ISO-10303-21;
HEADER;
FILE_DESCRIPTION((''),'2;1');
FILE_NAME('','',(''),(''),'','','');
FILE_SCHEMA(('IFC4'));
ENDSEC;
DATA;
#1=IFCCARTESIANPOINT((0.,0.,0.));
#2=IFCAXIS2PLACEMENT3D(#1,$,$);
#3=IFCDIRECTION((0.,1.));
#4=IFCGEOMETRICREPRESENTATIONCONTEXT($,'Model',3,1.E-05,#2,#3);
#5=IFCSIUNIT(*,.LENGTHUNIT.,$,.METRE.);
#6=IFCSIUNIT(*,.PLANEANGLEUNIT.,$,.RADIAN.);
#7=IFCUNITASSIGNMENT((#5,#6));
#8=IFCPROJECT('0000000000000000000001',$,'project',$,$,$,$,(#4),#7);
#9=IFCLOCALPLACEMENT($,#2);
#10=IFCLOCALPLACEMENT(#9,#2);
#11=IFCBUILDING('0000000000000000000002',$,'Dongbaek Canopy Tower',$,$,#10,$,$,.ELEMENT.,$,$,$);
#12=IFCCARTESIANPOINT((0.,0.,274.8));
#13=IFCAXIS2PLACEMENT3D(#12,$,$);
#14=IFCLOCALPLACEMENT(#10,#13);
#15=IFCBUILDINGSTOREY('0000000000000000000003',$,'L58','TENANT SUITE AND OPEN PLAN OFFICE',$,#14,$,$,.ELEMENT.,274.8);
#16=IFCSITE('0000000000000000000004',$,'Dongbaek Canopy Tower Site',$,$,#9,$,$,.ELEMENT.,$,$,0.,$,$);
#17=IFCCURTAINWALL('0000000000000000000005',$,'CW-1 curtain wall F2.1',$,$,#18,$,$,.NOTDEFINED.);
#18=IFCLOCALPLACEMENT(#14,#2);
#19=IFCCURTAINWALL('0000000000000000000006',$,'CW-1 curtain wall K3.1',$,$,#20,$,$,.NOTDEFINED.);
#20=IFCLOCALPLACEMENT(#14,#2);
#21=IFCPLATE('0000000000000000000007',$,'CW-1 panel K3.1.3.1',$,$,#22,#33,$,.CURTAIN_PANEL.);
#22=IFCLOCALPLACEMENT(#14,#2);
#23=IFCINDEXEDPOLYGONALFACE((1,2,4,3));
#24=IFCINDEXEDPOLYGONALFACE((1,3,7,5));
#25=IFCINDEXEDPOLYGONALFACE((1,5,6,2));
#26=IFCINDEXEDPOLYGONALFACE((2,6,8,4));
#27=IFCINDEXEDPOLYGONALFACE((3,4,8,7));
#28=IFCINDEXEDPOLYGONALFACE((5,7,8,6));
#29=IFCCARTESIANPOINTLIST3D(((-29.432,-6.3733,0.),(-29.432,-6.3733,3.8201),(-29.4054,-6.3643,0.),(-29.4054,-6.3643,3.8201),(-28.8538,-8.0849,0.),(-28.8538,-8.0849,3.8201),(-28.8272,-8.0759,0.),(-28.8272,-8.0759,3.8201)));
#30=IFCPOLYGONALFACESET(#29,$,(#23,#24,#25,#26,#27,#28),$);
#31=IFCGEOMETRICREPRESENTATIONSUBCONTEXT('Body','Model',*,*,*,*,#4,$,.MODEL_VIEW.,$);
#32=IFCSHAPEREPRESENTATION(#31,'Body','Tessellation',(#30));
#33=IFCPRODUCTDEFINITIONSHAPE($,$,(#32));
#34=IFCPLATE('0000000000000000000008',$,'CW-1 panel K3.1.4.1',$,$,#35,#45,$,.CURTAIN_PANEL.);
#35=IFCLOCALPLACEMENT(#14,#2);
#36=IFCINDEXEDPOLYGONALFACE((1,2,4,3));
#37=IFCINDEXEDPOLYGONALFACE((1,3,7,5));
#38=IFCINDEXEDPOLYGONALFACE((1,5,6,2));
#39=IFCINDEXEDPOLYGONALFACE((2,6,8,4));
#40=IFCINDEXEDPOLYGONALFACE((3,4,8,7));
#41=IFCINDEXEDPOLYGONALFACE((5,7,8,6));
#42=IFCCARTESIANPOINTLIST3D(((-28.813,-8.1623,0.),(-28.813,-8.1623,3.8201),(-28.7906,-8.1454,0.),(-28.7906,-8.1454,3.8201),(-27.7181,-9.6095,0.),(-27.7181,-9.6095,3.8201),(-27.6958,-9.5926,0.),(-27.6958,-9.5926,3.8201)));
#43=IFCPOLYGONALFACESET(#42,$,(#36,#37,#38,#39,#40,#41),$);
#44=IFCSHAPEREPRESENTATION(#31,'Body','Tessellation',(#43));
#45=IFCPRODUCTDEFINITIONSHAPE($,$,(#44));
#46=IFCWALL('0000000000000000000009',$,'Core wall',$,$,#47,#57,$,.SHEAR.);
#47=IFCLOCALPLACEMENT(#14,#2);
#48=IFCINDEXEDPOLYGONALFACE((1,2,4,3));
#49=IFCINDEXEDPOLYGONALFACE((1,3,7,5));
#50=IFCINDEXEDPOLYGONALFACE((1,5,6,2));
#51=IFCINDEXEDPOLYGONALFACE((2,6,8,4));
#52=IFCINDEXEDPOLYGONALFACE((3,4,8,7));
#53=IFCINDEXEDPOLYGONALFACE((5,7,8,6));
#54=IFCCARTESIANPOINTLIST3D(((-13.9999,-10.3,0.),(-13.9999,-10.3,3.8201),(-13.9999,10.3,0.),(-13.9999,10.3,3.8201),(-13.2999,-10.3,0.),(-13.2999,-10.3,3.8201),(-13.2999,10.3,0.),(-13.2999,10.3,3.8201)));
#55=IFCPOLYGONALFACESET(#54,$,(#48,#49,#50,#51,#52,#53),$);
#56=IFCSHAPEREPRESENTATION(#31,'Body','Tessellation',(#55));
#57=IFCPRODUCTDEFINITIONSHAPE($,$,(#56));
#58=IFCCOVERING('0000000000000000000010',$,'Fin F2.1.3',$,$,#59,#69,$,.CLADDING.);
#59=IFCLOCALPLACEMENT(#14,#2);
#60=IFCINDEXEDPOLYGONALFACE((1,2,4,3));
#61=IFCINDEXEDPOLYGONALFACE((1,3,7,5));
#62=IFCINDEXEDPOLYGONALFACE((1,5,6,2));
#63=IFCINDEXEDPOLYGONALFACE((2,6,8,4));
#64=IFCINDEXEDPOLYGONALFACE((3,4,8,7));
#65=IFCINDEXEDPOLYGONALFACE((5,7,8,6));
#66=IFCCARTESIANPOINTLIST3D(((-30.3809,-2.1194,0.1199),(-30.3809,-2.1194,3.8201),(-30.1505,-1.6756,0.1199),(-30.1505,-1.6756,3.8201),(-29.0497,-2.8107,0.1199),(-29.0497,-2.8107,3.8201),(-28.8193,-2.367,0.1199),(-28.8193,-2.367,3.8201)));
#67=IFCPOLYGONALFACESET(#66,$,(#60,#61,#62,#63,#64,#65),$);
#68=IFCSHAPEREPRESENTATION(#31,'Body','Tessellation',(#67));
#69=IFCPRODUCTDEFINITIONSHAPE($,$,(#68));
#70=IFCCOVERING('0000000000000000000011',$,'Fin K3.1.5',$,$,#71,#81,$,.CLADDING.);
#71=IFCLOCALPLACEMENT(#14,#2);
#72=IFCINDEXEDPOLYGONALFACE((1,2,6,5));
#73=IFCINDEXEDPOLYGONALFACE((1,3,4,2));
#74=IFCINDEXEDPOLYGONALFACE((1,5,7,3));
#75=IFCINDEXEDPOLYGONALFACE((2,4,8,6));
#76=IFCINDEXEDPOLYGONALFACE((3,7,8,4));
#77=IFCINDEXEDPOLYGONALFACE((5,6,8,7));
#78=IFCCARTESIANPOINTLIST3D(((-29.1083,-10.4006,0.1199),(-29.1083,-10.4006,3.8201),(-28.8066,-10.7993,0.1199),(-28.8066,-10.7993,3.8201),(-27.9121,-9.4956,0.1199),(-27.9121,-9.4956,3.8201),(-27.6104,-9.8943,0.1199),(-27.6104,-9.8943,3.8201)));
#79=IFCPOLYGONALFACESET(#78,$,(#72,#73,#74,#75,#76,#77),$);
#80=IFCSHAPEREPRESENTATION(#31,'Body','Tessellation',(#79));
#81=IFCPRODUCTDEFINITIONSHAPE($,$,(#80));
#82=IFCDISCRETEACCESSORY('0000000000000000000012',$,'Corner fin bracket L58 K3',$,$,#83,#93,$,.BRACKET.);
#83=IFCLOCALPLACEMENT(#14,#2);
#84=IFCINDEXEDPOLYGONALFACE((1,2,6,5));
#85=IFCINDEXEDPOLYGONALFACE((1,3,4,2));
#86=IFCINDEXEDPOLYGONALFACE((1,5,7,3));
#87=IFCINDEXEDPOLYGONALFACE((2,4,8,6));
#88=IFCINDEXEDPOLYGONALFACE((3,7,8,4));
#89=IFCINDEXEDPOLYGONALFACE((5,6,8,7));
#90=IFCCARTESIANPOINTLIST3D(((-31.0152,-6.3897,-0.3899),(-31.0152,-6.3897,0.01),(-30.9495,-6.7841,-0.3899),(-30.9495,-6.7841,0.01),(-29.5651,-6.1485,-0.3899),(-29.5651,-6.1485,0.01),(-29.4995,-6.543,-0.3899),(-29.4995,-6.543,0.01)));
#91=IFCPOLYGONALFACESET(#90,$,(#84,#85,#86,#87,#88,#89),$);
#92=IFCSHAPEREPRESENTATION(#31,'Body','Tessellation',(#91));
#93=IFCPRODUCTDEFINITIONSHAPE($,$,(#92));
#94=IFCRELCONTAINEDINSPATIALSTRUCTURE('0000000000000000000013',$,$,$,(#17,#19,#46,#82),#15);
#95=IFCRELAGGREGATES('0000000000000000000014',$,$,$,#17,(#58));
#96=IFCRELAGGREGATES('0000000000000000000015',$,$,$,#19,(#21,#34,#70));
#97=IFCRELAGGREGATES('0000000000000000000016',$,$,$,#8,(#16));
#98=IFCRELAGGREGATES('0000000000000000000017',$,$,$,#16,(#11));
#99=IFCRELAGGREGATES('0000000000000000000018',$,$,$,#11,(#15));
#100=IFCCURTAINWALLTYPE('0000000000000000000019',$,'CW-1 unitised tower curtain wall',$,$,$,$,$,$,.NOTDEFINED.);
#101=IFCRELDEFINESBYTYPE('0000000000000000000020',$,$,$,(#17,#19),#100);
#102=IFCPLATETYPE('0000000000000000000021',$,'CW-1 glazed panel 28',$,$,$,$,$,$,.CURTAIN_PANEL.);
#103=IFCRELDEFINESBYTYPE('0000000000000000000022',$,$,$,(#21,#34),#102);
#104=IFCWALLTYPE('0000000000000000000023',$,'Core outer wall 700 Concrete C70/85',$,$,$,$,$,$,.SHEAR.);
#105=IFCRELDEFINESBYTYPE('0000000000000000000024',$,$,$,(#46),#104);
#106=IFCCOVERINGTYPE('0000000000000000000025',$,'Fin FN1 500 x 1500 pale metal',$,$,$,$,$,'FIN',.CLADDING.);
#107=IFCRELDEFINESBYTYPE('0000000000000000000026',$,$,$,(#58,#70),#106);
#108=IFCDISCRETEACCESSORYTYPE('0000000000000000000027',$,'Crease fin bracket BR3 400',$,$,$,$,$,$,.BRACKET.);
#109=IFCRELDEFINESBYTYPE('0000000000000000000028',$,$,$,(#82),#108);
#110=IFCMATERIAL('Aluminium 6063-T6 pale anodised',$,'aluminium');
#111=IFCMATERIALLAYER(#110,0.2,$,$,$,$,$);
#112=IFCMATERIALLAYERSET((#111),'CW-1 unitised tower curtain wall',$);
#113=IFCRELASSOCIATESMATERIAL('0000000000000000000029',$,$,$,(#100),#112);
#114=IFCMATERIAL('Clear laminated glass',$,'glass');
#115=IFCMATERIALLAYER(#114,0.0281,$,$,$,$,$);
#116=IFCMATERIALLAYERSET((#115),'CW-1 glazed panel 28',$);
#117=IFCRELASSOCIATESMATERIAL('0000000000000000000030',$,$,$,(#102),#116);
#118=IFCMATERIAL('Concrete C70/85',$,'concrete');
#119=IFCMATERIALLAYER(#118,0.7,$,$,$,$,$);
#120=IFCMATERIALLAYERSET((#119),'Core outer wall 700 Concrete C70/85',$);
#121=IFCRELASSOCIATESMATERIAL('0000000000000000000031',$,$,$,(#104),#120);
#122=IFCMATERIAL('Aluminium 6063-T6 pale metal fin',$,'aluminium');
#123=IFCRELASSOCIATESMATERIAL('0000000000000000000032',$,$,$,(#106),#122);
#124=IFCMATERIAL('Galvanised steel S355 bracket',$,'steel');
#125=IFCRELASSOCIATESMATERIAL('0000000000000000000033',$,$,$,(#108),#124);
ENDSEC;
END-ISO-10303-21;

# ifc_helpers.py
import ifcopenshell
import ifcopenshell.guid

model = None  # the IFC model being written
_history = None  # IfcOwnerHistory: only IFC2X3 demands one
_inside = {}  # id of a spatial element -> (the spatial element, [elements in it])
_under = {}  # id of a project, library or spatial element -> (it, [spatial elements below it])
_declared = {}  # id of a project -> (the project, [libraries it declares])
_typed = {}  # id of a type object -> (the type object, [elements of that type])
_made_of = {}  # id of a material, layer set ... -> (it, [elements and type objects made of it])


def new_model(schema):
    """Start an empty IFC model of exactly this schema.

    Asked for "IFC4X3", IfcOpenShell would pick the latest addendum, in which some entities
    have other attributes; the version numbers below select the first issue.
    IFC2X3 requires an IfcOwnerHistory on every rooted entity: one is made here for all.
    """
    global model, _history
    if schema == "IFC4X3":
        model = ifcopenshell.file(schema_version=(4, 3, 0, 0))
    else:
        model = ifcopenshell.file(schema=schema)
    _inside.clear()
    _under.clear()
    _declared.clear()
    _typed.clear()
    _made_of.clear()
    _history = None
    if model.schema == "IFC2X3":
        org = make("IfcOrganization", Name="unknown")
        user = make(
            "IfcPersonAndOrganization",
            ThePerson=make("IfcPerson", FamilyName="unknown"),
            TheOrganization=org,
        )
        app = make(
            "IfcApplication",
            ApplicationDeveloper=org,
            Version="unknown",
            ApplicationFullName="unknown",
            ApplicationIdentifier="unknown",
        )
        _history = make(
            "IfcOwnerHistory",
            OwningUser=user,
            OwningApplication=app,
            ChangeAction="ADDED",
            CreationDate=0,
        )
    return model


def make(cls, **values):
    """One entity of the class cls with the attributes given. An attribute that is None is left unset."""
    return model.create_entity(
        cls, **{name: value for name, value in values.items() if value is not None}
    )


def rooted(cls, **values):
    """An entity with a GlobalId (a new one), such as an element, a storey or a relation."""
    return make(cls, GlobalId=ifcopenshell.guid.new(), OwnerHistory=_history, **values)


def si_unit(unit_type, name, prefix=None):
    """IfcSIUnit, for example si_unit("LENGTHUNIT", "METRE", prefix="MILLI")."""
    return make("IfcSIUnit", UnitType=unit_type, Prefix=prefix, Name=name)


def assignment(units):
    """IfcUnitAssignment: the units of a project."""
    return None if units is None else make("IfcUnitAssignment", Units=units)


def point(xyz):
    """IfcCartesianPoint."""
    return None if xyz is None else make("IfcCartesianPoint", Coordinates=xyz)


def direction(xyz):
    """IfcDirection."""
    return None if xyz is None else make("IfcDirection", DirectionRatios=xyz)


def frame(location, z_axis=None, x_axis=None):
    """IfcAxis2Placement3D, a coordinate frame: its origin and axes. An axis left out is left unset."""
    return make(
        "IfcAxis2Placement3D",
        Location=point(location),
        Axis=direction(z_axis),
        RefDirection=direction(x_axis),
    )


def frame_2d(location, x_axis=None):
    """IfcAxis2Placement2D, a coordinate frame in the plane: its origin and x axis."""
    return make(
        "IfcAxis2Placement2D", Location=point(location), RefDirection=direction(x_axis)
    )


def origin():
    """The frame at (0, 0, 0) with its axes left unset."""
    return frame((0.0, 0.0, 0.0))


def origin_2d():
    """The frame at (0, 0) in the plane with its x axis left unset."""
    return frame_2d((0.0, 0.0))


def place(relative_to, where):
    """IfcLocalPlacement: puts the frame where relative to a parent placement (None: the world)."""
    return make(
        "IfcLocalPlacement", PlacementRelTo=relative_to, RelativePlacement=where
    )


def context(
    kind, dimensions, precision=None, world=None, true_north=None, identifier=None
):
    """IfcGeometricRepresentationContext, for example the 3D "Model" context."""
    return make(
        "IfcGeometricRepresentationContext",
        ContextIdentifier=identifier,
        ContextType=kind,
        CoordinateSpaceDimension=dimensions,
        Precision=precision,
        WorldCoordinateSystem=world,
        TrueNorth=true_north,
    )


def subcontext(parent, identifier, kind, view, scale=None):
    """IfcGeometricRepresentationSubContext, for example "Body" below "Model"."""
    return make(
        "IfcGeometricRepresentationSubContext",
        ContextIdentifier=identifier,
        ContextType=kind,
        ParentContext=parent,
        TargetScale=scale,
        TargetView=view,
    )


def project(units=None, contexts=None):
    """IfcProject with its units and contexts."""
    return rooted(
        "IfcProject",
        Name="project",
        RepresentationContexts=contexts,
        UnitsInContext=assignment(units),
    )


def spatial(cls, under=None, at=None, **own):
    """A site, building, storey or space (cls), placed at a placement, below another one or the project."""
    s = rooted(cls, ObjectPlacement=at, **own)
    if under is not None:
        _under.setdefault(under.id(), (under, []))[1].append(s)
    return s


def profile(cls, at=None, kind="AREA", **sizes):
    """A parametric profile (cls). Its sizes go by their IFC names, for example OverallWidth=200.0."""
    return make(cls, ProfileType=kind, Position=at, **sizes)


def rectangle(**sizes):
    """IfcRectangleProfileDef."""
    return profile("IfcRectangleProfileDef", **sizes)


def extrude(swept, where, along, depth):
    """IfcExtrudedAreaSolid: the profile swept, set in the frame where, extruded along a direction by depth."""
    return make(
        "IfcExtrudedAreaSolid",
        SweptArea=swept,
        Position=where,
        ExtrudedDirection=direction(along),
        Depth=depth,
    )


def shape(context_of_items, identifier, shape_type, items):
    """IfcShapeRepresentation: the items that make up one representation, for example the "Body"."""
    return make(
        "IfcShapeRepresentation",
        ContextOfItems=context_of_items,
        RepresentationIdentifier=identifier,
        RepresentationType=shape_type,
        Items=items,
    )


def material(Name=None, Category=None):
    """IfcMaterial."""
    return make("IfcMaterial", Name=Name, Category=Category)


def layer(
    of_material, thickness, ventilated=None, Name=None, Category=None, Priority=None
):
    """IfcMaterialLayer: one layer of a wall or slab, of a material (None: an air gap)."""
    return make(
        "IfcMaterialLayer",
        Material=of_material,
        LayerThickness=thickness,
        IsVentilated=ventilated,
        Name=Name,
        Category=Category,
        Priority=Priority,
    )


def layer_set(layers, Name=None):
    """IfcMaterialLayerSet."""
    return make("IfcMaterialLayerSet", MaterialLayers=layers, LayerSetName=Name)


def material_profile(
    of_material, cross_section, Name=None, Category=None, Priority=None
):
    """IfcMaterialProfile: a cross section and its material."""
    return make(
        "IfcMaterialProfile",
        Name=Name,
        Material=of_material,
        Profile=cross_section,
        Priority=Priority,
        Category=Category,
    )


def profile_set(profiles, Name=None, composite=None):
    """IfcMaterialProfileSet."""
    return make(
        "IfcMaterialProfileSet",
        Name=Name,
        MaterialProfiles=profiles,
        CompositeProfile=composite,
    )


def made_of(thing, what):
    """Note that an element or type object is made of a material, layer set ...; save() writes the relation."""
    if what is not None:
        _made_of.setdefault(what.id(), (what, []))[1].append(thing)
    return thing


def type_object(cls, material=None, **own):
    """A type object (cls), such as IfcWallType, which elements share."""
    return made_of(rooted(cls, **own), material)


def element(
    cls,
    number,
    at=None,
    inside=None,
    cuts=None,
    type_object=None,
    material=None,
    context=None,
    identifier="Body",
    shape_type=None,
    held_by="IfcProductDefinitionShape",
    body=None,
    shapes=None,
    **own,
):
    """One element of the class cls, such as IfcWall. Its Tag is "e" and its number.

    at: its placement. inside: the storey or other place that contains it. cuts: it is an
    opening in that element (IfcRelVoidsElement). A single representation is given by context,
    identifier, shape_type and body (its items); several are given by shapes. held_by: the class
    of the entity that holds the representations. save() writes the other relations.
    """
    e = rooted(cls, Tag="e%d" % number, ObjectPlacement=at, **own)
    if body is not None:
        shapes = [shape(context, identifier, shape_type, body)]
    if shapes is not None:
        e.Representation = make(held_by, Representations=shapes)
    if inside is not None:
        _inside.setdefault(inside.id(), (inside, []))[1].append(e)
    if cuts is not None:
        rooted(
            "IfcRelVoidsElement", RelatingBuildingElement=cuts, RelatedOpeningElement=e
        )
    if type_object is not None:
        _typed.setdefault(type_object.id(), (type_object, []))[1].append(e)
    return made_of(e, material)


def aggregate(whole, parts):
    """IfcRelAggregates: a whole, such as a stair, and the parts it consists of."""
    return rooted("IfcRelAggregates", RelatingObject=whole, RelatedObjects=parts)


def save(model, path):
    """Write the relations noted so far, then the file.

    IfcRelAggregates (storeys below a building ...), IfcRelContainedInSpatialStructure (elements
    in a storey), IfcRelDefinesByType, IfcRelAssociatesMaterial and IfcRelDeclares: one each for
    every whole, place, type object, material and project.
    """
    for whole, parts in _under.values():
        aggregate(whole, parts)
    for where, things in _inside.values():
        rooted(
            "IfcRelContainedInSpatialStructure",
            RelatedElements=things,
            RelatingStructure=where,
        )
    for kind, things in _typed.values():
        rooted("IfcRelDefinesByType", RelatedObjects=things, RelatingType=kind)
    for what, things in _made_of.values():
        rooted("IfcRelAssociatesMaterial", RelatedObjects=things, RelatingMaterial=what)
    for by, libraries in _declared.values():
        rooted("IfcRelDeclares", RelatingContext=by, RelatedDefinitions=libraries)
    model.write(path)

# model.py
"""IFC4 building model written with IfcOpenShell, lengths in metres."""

from ifc_helpers import new_model, si_unit, direction, frame, frame_2d, origin, origin_2d, place, context, subcontext, project, spatial, rectangle, extrude, material, layer, layer_set, material_profile, profile_set, type_object, element, aggregate, save


model = new_model("IFC4")

# Units and contexts
model_context = context("Model", 3, precision=1e-05, world=origin(), true_north=direction((0.0, 1.0)))
body_context = subcontext(model_context, "Body", "Model", "MODEL_VIEW")
ifc_project = project(units=[si_unit("LENGTHUNIT", "METRE"), si_unit("PLANEANGLEUNIT", "RADIAN")], contexts=[model_context])

# Site, building, storey
site_placement = place(None, origin())
site = spatial("IfcSite", under=ifc_project, at=site_placement, Name="Dongbaek Canopy Tower Site", CompositionType="ELEMENT", RefElevation=0.0)
building_placement = place(site_placement, origin())
building = spatial("IfcBuilding", under=site, at=building_placement, Name="Dongbaek Canopy Tower", CompositionType="ELEMENT")
storey_placement = place(building_placement, frame((0.0, 0.0, 274.8)))
storey = spatial("IfcBuildingStorey", under=building, at=storey_placement, Name="L58", Description="TENANT SUITE AND OPEN PLAN OFFICE", CompositionType="ELEMENT", Elevation=274.8)

# Curtain wall
ifc_material_1 = material(Name="Aluminium 6063-T6 pale anodised", Category="aluminium")
ifc_layer_1 = layer(ifc_material_1, 0.2)
ifc_layer_set_1 = layer_set([ifc_layer_1], Name="CW-1 unitised tower curtain wall")
curtain_wall_type = type_object("IfcCurtainWallType", Name="CW-1 unitised tower curtain wall", PredefinedType="NOTDEFINED", material=ifc_layer_set_1)
curtain_wall_1_placement = place(storey_placement, origin())
curtain_wall_1 = element("IfcCurtainWall", 1, at=curtain_wall_1_placement, inside=storey, type_object=curtain_wall_type, Name="CW-1 curtain wall F2.1", PredefinedType="NOTDEFINED")

# Curtain wall
curtain_wall_2_placement = place(storey_placement, origin())
curtain_wall_2 = element("IfcCurtainWall", 2, at=curtain_wall_2_placement, inside=storey, type_object=curtain_wall_type, Name="CW-1 curtain wall K3.1", PredefinedType="NOTDEFINED")

# Plates
ifc_material_2 = material(Name="Clear laminated glass", Category="glass")
ifc_layer_2 = layer(ifc_material_2, 0.0281)
ifc_layer_set_2 = layer_set([ifc_layer_2], Name="CW-1 glazed panel 28")
plate_type = type_object("IfcPlateType", Name="CW-1 glazed panel 28", PredefinedType="CURTAIN_PANEL", material=ifc_layer_set_2)
plate_1_placement = place(storey_placement, frame((-29.1296, -7.2246, 0.0), z_axis=(0.0, 0.0, 1.0), x_axis=(0.320049, -0.947401, 0.0)))
plate_1 = element("IfcPlate", 3, at=plate_1_placement, type_object=plate_type, Name="CW-1 panel K3.1.3.1", PredefinedType="CURTAIN_PANEL", context=body_context, shape_type="SweptSolid", body=[
    extrude(rectangle(XDim=1.8066, YDim=0.0281, at=origin_2d()), origin(), (0.0, 0.0, 1.0), 3.8201),
])
plate_2_placement = place(storey_placement, frame((-28.2544, -8.8774, 0.0), z_axis=(0.0, 0.0, 1.0), x_axis=(0.603344, -0.797481, 0.0)))
plate_2 = element("IfcPlate", 4, at=plate_2_placement, type_object=plate_type, Name="CW-1 panel K3.1.4.1", PredefinedType="CURTAIN_PANEL", context=body_context, shape_type="SweptSolid", body=[
    extrude(rectangle(XDim=1.8147, YDim=0.0281, at=origin_2d()), origin(), (0.0, 0.0, 1.0), 3.8201),
])

# Wall
ifc_material_3 = material(Name="Concrete C70/85", Category="concrete")
ifc_layer_3 = layer(ifc_material_3, 0.7)
ifc_layer_set_3 = layer_set([ifc_layer_3], Name="Core outer wall 700 Concrete C70/85")
wall_type = type_object("IfcWallType", Name="Core outer wall 700 Concrete C70/85", PredefinedType="SHEAR", material=ifc_layer_set_3)
wall_placement = place(storey_placement, frame((-13.6499, -10.3, 0.0), z_axis=(0.0, 0.0, 1.0), x_axis=(0.0, 1.0, 0.0)))
element("IfcWall", 5, at=wall_placement, inside=storey, type_object=wall_type, Name="Core wall", PredefinedType="SHEAR", context=body_context, shape_type="SweptSolid", body=[
    extrude(rectangle(XDim=20.6001, YDim=0.7, at=frame_2d((10.3, 0.0))), origin(), (0.0, 0.0, 1.0), 3.8201),
])

# Coverings
ifc_material_4 = material(Name="Aluminium 6063-T6 pale metal fin", Category="aluminium")
ifc_material_profile_1 = material_profile(ifc_material_4, rectangle(XDim=1.5, YDim=0.5, at=origin_2d()), Name="Fin FN1 500 x 1500 pale metal")
ifc_profile_set_1 = profile_set([ifc_material_profile_1], Name="Aluminium 6063-T6 pale metal fin")
covering_type = type_object("IfcCoveringType", Name="Fin FN1 500 x 1500 pale metal", ElementType="FIN", PredefinedType="CLADDING", material=ifc_profile_set_1)
covering_1_placement = place(storey_placement, frame((-29.6001, -2.2432, 0.1199), z_axis=(0.0, 0.0, 1.0), x_axis=(-0.887462, 0.46088, 0.0)))
covering_1 = element("IfcCovering", 6, at=covering_1_placement, type_object=covering_type, Name="Fin F2.1.3", PredefinedType="CLADDING", context=body_context, shape_type="SweptSolid", body=[
    extrude(rectangle(XDim=1.5, YDim=0.5, at=origin_2d()), origin(), (0.0, 0.0, 1.0), 3.7002),
])
aggregate(curtain_wall_1, [covering_1])
covering_2_placement = place(storey_placement, frame((-28.3594, -10.1475, 0.1199), z_axis=(0.0, 0.0, 1.0), x_axis=(-0.797481, -0.603344, 0.0)))
covering_2 = element("IfcCovering", 7, at=covering_2_placement, type_object=covering_type, Name="Fin K3.1.5", PredefinedType="CLADDING", context=body_context, shape_type="SweptSolid", body=[
    extrude(rectangle(XDim=1.5, YDim=0.5, at=origin_2d()), origin(), (0.0, 0.0, 1.0), 3.7002),
])
aggregate(curtain_wall_2, [plate_1, plate_2, covering_2])

# Discrete accessory
ifc_material_5 = material(Name="Galvanised steel S355 bracket", Category="steel")
discrete_accessory_type = type_object("IfcDiscreteAccessoryType", Name="Crease fin bracket BR3 400", PredefinedType="BRACKET", material=ifc_material_5)
discrete_accessory_placement = place(storey_placement, frame((-30.2573, -6.4663, -0.3899), z_axis=(0.0, 0.0, 1.0), x_axis=(-0.986447, -0.164082, 0.0)))
element("IfcDiscreteAccessory", 8, at=discrete_accessory_placement, inside=storey, type_object=discrete_accessory_type, Name="Corner fin bracket L58 K3", PredefinedType="BRACKET", context=body_context, shape_type="SweptSolid", body=[
    extrude(rectangle(XDim=1.47, YDim=0.3999, at=origin_2d()), origin(), (0.0, 0.0, 1.0), 0.3999),
])

save(model, "model.ifc")
